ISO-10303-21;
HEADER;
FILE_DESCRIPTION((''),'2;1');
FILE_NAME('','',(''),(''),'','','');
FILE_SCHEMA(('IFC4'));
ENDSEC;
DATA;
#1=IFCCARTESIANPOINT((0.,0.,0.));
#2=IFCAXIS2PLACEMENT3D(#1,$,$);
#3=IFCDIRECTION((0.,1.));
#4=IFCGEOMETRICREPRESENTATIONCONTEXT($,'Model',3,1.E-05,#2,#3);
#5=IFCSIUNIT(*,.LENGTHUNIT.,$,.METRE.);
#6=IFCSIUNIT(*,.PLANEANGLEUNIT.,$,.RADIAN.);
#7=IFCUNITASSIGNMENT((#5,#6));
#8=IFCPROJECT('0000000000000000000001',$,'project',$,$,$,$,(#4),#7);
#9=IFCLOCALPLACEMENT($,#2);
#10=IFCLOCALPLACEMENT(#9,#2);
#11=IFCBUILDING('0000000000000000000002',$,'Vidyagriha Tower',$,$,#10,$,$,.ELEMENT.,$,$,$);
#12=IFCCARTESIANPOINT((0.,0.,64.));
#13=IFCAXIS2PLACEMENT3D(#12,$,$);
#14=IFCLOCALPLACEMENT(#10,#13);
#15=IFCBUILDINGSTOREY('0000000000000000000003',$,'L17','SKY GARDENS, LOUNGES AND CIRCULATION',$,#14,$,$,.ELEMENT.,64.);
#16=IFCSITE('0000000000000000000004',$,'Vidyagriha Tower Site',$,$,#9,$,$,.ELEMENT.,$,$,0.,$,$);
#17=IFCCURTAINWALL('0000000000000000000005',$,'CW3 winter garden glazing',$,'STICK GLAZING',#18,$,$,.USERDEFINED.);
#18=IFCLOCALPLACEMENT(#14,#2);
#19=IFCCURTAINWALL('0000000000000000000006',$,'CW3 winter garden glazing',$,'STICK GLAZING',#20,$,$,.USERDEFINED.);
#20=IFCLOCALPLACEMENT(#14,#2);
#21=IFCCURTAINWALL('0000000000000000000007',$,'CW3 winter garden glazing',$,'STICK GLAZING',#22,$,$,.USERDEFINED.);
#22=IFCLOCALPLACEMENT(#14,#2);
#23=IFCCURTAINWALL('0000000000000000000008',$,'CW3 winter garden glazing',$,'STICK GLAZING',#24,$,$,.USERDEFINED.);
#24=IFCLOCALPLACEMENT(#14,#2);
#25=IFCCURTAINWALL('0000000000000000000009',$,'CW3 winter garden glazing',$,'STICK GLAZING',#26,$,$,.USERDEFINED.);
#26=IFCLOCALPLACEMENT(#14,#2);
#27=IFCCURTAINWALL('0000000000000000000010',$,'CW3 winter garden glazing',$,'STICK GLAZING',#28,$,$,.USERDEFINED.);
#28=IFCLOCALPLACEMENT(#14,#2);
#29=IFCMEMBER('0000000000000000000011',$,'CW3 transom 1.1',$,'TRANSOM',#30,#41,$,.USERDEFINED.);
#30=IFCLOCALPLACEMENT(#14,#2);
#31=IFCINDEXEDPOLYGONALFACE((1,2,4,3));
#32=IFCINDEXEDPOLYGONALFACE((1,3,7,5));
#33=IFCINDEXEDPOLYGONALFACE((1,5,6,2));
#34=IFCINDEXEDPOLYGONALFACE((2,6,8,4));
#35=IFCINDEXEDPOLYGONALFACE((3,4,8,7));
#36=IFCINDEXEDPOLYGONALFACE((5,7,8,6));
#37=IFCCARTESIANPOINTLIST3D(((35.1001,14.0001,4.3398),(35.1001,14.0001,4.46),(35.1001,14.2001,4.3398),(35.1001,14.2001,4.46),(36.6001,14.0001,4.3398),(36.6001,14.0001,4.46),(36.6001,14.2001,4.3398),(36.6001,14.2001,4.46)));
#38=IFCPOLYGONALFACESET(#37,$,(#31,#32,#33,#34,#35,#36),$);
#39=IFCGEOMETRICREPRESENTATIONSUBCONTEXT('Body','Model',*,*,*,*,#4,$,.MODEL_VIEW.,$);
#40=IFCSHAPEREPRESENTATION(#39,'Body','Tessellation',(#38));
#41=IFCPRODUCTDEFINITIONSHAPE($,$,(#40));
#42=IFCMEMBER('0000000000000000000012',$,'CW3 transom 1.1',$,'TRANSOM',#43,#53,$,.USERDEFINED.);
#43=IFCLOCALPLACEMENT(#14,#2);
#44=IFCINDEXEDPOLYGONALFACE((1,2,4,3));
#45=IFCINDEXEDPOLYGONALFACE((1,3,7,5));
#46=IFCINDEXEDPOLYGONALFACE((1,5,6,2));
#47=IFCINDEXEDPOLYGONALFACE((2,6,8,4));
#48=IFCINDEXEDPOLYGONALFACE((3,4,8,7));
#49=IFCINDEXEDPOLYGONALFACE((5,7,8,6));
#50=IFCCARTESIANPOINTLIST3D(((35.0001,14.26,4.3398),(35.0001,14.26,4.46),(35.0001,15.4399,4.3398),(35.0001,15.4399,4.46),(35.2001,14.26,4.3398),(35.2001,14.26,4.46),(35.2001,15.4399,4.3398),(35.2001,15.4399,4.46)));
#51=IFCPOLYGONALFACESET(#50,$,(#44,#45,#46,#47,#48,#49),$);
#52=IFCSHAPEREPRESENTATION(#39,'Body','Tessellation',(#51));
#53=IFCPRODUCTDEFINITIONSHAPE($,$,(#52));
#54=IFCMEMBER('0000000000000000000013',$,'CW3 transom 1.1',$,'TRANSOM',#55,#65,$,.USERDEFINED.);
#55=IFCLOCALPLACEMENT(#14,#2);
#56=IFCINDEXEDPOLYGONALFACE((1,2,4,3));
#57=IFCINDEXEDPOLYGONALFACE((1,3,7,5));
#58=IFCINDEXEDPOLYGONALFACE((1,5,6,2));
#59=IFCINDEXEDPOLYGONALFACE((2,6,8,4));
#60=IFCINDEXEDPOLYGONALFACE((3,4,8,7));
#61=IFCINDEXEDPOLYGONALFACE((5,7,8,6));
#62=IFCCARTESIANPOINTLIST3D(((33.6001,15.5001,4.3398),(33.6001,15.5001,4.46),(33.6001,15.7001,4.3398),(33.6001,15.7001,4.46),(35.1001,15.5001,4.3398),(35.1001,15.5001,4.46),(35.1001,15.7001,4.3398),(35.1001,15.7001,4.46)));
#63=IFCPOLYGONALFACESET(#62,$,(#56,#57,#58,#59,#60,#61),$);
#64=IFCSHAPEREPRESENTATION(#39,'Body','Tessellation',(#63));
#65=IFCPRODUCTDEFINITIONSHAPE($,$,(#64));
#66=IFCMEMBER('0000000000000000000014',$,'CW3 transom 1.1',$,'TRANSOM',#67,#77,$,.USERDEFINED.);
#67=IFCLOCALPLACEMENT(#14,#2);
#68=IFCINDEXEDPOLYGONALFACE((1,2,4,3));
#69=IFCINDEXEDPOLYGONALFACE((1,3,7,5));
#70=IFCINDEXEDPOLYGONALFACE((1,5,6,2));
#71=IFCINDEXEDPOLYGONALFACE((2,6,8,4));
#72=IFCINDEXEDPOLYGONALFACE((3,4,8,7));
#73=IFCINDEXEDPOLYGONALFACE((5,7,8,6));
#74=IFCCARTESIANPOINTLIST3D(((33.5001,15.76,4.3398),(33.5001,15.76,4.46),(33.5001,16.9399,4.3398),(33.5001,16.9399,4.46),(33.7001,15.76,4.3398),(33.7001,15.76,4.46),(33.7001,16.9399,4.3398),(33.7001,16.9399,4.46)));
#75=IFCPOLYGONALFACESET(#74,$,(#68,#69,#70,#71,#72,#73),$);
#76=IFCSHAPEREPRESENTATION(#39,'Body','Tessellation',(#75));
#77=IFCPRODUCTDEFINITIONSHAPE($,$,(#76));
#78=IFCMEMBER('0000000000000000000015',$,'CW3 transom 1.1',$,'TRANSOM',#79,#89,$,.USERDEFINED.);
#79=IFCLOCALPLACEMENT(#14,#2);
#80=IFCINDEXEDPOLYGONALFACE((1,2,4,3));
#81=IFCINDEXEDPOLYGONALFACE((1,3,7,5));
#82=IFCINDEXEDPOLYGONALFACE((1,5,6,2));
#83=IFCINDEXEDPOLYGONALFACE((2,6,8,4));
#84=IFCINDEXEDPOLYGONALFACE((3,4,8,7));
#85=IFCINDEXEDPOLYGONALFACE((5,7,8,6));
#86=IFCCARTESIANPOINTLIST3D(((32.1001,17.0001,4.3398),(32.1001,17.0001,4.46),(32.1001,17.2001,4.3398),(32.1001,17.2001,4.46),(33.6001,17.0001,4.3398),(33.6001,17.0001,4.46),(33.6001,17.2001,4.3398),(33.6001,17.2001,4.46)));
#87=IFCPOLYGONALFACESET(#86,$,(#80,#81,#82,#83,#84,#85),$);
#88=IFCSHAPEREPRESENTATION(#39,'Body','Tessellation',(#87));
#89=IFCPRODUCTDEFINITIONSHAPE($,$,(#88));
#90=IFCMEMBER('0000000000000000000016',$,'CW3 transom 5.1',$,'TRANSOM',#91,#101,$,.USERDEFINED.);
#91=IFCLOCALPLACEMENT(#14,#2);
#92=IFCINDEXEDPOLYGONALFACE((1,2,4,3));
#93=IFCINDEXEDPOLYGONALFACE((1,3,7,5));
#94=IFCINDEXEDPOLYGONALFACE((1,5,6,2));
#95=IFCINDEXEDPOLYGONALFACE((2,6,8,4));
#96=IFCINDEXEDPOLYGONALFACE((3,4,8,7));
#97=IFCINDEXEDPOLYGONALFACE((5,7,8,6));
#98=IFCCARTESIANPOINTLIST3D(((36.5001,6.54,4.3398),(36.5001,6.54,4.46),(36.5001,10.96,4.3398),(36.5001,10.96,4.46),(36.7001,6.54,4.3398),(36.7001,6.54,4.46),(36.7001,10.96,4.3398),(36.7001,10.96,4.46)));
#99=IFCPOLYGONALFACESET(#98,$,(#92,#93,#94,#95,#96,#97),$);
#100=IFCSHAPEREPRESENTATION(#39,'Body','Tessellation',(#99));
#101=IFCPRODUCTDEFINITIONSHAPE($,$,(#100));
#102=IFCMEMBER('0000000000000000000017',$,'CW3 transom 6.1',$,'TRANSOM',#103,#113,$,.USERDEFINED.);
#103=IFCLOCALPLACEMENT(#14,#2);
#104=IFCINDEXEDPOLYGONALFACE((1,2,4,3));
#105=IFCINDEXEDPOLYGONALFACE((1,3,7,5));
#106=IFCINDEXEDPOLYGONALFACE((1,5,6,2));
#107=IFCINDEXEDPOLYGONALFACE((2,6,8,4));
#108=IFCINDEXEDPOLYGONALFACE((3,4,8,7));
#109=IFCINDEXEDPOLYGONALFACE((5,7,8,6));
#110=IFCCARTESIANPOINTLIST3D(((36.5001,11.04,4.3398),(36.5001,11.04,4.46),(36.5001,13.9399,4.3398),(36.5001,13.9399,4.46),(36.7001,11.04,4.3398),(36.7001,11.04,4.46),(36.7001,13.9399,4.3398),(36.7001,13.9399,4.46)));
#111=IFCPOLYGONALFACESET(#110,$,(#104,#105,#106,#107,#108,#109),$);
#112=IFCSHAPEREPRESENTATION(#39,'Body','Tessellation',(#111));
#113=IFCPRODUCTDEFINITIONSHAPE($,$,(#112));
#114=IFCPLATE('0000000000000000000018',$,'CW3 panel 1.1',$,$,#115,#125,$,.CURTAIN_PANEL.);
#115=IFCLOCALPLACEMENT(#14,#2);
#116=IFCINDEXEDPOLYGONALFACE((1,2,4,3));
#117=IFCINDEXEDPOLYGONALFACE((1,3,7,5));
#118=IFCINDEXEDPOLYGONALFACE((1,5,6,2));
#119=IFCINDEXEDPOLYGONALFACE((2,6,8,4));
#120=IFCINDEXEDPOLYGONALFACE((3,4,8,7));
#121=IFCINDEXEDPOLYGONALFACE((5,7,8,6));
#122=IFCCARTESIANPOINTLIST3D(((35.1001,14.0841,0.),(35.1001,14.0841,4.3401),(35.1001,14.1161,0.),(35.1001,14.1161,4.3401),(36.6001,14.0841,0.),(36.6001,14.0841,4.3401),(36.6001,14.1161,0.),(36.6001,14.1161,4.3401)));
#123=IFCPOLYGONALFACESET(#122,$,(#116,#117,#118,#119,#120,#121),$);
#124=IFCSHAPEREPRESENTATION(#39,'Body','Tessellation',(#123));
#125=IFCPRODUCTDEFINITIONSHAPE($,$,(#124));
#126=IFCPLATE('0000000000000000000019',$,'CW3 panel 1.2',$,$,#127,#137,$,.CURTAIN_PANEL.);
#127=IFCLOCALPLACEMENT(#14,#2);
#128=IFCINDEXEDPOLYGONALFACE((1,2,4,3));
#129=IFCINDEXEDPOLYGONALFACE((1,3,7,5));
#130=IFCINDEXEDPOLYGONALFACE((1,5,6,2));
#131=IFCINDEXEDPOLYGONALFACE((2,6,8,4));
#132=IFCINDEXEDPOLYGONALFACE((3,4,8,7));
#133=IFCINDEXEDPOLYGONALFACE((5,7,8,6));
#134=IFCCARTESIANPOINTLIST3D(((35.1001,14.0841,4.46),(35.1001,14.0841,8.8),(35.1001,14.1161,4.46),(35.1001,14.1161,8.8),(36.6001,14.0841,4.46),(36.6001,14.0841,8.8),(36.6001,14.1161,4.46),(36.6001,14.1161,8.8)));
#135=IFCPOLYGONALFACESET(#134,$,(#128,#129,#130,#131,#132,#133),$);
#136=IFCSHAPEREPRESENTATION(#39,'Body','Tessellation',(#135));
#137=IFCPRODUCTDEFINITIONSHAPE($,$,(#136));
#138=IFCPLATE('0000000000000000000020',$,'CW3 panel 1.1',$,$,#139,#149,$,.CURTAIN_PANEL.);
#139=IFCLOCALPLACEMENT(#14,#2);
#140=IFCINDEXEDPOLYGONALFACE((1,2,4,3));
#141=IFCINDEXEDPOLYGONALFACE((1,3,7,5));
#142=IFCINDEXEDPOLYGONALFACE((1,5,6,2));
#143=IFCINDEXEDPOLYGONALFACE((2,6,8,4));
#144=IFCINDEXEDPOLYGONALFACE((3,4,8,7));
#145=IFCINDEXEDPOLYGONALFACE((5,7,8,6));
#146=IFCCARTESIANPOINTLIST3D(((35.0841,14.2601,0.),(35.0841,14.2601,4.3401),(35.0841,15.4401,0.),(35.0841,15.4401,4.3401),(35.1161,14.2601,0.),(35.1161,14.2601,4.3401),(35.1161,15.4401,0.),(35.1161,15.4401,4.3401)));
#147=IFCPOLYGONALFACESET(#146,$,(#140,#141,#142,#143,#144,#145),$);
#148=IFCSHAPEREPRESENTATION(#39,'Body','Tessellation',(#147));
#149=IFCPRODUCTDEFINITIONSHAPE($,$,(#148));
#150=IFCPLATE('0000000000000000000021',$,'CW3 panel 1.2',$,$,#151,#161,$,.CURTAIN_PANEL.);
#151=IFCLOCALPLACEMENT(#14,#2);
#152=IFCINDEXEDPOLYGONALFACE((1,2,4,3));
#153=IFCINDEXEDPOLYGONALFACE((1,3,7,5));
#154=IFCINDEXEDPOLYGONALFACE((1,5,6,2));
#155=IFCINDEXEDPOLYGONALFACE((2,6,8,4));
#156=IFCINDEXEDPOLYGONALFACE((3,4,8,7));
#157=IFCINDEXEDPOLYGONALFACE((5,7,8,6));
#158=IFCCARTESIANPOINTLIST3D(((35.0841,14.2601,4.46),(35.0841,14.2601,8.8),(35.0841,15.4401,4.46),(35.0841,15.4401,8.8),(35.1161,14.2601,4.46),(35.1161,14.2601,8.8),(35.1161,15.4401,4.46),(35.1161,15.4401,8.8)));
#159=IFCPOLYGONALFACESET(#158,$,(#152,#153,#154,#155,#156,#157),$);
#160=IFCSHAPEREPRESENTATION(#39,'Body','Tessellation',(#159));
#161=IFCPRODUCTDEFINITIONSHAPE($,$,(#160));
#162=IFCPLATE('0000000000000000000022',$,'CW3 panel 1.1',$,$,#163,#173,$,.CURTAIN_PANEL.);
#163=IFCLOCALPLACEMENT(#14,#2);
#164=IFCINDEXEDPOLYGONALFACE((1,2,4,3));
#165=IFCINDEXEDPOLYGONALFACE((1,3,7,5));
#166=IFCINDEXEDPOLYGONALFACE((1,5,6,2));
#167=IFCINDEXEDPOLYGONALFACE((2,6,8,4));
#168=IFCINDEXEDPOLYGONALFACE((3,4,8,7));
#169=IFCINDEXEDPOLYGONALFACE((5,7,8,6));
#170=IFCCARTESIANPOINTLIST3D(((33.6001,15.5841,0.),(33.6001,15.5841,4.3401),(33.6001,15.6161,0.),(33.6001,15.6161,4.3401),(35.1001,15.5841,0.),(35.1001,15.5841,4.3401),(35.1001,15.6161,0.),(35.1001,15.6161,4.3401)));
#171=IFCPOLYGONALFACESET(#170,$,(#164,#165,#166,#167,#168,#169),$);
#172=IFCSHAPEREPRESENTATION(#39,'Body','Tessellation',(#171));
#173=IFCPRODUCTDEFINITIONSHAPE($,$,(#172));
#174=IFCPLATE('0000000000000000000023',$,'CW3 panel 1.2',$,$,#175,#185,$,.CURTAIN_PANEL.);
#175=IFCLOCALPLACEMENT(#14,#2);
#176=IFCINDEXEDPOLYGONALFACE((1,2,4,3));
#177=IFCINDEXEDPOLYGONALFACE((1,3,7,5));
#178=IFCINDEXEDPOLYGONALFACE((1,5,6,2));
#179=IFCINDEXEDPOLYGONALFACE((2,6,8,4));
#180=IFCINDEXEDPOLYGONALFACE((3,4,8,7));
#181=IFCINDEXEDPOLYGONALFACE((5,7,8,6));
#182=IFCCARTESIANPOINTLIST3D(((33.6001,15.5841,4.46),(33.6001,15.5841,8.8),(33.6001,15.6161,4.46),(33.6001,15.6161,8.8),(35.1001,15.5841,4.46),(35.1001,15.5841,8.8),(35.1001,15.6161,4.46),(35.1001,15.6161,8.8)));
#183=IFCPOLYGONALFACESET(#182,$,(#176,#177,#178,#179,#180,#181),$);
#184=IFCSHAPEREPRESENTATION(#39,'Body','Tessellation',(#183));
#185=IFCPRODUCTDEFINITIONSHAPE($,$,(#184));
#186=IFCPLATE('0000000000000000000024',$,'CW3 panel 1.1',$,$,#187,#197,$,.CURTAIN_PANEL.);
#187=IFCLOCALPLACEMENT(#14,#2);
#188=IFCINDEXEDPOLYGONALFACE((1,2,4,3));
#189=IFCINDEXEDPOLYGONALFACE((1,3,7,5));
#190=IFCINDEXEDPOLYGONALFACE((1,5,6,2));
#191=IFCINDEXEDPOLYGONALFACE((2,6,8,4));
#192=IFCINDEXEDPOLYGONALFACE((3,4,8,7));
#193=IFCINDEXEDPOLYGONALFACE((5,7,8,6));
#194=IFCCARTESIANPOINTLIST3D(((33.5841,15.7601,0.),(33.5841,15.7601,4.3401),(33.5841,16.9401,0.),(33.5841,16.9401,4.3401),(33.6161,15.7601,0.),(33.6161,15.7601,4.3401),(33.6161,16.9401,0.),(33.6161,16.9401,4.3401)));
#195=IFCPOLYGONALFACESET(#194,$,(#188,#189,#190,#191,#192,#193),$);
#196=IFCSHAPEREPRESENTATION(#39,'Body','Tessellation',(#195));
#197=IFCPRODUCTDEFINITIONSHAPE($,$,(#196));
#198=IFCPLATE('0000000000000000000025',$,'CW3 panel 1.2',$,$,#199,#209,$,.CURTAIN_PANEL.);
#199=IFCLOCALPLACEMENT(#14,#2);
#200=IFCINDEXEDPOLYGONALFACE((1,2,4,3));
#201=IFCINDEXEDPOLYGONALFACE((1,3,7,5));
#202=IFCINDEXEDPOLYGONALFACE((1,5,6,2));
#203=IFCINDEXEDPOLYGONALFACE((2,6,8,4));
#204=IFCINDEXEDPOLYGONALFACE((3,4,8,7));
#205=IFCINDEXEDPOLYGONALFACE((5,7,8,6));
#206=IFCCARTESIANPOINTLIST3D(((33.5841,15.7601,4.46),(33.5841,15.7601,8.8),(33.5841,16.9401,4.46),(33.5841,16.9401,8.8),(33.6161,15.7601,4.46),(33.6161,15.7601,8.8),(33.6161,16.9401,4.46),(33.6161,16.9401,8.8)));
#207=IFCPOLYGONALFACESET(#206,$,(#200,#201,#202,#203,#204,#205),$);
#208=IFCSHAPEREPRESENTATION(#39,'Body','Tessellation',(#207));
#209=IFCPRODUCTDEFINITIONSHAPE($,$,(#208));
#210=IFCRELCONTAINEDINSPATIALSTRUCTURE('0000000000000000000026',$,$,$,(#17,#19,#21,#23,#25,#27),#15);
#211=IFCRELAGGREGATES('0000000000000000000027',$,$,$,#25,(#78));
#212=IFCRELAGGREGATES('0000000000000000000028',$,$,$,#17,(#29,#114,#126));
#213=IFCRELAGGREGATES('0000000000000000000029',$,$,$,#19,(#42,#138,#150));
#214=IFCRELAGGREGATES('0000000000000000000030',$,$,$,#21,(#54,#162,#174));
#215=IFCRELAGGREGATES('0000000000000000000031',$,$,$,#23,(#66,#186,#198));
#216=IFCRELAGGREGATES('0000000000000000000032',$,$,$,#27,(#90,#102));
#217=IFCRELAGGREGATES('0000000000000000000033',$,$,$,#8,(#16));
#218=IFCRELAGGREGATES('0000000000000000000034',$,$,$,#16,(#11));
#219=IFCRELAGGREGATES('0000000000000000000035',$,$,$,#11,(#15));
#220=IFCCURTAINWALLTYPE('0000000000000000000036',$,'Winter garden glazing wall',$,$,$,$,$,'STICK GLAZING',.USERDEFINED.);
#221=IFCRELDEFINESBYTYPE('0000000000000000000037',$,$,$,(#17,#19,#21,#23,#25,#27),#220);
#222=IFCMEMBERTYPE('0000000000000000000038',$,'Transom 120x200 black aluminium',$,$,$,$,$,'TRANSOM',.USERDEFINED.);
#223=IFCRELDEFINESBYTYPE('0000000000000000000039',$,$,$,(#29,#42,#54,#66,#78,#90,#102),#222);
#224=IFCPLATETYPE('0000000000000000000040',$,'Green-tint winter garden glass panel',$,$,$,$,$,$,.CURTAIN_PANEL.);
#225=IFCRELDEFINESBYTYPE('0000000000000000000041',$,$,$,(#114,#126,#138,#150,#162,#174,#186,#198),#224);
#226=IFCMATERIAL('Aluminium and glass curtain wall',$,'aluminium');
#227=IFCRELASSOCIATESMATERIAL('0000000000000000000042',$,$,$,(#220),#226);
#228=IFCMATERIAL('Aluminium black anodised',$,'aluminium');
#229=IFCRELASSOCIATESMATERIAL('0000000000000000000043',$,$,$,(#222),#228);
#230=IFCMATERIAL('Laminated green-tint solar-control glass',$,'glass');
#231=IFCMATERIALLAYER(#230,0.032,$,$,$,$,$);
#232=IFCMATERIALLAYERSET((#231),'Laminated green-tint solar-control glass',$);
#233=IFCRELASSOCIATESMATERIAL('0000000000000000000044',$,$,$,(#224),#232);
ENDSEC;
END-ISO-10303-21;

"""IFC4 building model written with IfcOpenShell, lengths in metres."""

from ifc_helpers import new_model, si_unit, direction, frame, origin, origin_2d, place, context, subcontext, project, spatial, rectangle, extrude, material, layer, layer_set, material_profile, profile_set, type_object, element, aggregate, save


model = new_model("IFC4")

# Units and contexts
model_context = context("Model", 3, precision=1e-05, world=origin(), true_north=direction((0.0, 1.0)))
body_context = subcontext(model_context, "Body", "Model", "MODEL_VIEW")
ifc_project = project(units=[si_unit("LENGTHUNIT", "METRE"), si_unit("PLANEANGLEUNIT", "RADIAN")], contexts=[model_context])

# Site, building, storey
site_placement = place(None, origin())
site = spatial("IfcSite", under=ifc_project, at=site_placement, Name="Vidyagriha Tower Site", CompositionType="ELEMENT", RefElevation=0.0)
building_placement = place(site_placement, origin())
building = spatial("IfcBuilding", under=site, at=building_placement, Name="Vidyagriha Tower", CompositionType="ELEMENT")
storey_placement = place(building_placement, frame((0.0, 0.0, 64.0)))
storey = spatial("IfcBuildingStorey", under=building, at=storey_placement, Name="L17", Description="SKY GARDENS, LOUNGES AND CIRCULATION", CompositionType="ELEMENT", Elevation=64.0)

# Curtain walls
ifc_material_1 = material(Name="Aluminium and glass curtain wall", Category="aluminium")
curtain_wall_type = type_object("IfcCurtainWallType", Name="Winter garden glazing wall", ElementType="STICK GLAZING", PredefinedType="USERDEFINED", material=ifc_material_1)
curtain_wall_1_placement = place(storey_placement, origin())
curtain_wall_1 = element("IfcCurtainWall", 1, at=curtain_wall_1_placement, inside=storey, type_object=curtain_wall_type, Name="CW3 winter garden glazing", ObjectType="STICK GLAZING", PredefinedType="USERDEFINED")
curtain_wall_2_placement = place(storey_placement, origin())
curtain_wall_2 = element("IfcCurtainWall", 2, at=curtain_wall_2_placement, inside=storey, type_object=curtain_wall_type, Name="CW3 winter garden glazing", ObjectType="STICK GLAZING", PredefinedType="USERDEFINED")

# Curtain walls
curtain_wall_3_placement = place(storey_placement, origin())
curtain_wall_3 = element("IfcCurtainWall", 3, at=curtain_wall_3_placement, inside=storey, type_object=curtain_wall_type, Name="CW3 winter garden glazing", ObjectType="STICK GLAZING", PredefinedType="USERDEFINED")
curtain_wall_4_placement = place(storey_placement, origin())
curtain_wall_4 = element("IfcCurtainWall", 4, at=curtain_wall_4_placement, inside=storey, type_object=curtain_wall_type, Name="CW3 winter garden glazing", ObjectType="STICK GLAZING", PredefinedType="USERDEFINED")
curtain_wall_5_placement = place(storey_placement, origin())
curtain_wall_5 = element("IfcCurtainWall", 5, at=curtain_wall_5_placement, inside=storey, type_object=curtain_wall_type, Name="CW3 winter garden glazing", ObjectType="STICK GLAZING", PredefinedType="USERDEFINED")

# Curtain wall
curtain_wall_6_placement = place(storey_placement, origin())
curtain_wall_6 = element("IfcCurtainWall", 6, at=curtain_wall_6_placement, inside=storey, type_object=curtain_wall_type, Name="CW3 winter garden glazing", ObjectType="STICK GLAZING", PredefinedType="USERDEFINED")

# Members
ifc_material_2 = material(Name="Aluminium black anodised", Category="aluminium")
ifc_material_profile_1 = material_profile(ifc_material_2, rectangle(XDim=0.2, YDim=0.1201, at=origin_2d()), Name="Transom 120x200 black aluminium")
ifc_profile_set_1 = profile_set([ifc_material_profile_1], Name="Aluminium black anodised")
member_type_1 = type_object("IfcMemberType", Name="Transom 120x200 black aluminium", ElementType="TRANSOM", PredefinedType="USERDEFINED", material=ifc_profile_set_1)
member_1_placement = place(storey_placement, frame((36.6001, 14.1001, 4.3999), z_axis=(-1.0, 0.0, 0.0), x_axis=(0.0, -1.0, 0.0)))
member_1 = element("IfcMember", 7, at=member_1_placement, type_object=member_type_1, Name="CW3 transom 1.1", ObjectType="TRANSOM", PredefinedType="USERDEFINED", context=body_context, shape_type="SweptSolid", body=[
    extrude(rectangle(XDim=0.2, YDim=0.1201, at=origin_2d()), origin(), (0.0, 0.0, 1.0), 1.5),
])
member_2_placement = place(storey_placement, frame((35.1001, 14.26, 4.3999), z_axis=(0.0, 1.0, 0.0), x_axis=(-1.0, 0.0, 0.0)))
member_2 = element("IfcMember", 8, at=member_2_placement, type_object=member_type_1, Name="CW3 transom 1.1", ObjectType="TRANSOM", PredefinedType="USERDEFINED", context=body_context, shape_type="SweptSolid", body=[
    extrude(rectangle(XDim=0.2, YDim=0.1201, at=origin_2d()), origin(), (0.0, 0.0, 1.0), 1.1799),
])
member_3_placement = place(storey_placement, frame((35.1001, 15.6001, 4.3999), z_axis=(-1.0, 0.0, 0.0), x_axis=(0.0, -1.0, 0.0)))
member_3 = element("IfcMember", 9, at=member_3_placement, type_object=member_type_1, Name="CW3 transom 1.1", ObjectType="TRANSOM", PredefinedType="USERDEFINED", context=body_context, shape_type="SweptSolid", body=[
    extrude(rectangle(XDim=0.2, YDim=0.1201, at=origin_2d()), origin(), (0.0, 0.0, 1.0), 1.5),
])
member_4_placement = place(storey_placement, frame((33.6001, 15.76, 4.3999), z_axis=(0.0, 1.0, 0.0), x_axis=(-1.0, 0.0, 0.0)))
member_4 = element("IfcMember", 10, at=member_4_placement, type_object=member_type_1, Name="CW3 transom 1.1", ObjectType="TRANSOM", PredefinedType="USERDEFINED", context=body_context, shape_type="SweptSolid", body=[
    extrude(rectangle(XDim=0.2, YDim=0.1201, at=origin_2d()), origin(), (0.0, 0.0, 1.0), 1.1799),
])
member_5_placement = place(storey_placement, frame((33.6001, 17.1001, 4.3999), z_axis=(-1.0, 0.0, 0.0), x_axis=(0.0, -1.0, 0.0)))
member_5 = element("IfcMember", 11, at=member_5_placement, type_object=member_type_1, Name="CW3 transom 1.1", ObjectType="TRANSOM", PredefinedType="USERDEFINED", context=body_context, shape_type="SweptSolid", body=[
    extrude(rectangle(XDim=0.2, YDim=0.1201, at=origin_2d()), origin(), (0.0, 0.0, 1.0), 1.5),
])
aggregate(curtain_wall_5, [member_5])
member_6_placement = place(storey_placement, frame((36.6001, 6.54, 4.3999), z_axis=(0.0, 1.0, 0.0), x_axis=(-1.0, 0.0, 0.0)))
member_6 = element("IfcMember", 12, at=member_6_placement, type_object=member_type_1, Name="CW3 transom 5.1", ObjectType="TRANSOM", PredefinedType="USERDEFINED", context=body_context, shape_type="SweptSolid", body=[
    extrude(rectangle(XDim=0.2, YDim=0.1201, at=origin_2d()), origin(), (0.0, 0.0, 1.0), 4.4199),
])
member_7_placement = place(storey_placement, frame((36.6001, 11.04, 4.3999), z_axis=(0.0, 1.0, 0.0), x_axis=(-1.0, 0.0, 0.0)))
member_7 = element("IfcMember", 13, at=member_7_placement, type_object=member_type_1, Name="CW3 transom 6.1", ObjectType="TRANSOM", PredefinedType="USERDEFINED", context=body_context, shape_type="SweptSolid", body=[
    extrude(rectangle(XDim=0.2, YDim=0.1201, at=origin_2d()), origin(), (0.0, 0.0, 1.0), 2.8999),
])

# Plates
ifc_material_3 = material(Name="Laminated green-tint solar-control glass", Category="glass")
ifc_layer_1 = layer(ifc_material_3, 0.032)
ifc_layer_set_1 = layer_set([ifc_layer_1], Name="Laminated green-tint solar-control glass")
plate_type = type_object("IfcPlateType", Name="Green-tint winter garden glass panel", PredefinedType="CURTAIN_PANEL", material=ifc_layer_set_1)
plate_1_placement = place(storey_placement, frame((35.8501, 14.1001, 0.0), z_axis=(0.0, 0.0, 1.0), x_axis=(-1.0, 0.0, 0.0)))
plate_1 = element("IfcPlate", 14, at=plate_1_placement, type_object=plate_type, Name="CW3 panel 1.1", PredefinedType="CURTAIN_PANEL", context=body_context, shape_type="SweptSolid", body=[
    extrude(rectangle(XDim=1.5, YDim=0.032, at=origin_2d()), origin(), (0.0, 0.0, 1.0), 4.3401),
])
plate_2_placement = place(storey_placement, frame((35.8501, 14.1001, 4.46), z_axis=(0.0, 0.0, 1.0), x_axis=(-1.0, 0.0, 0.0)))
plate_2 = element("IfcPlate", 15, at=plate_2_placement, type_object=plate_type, Name="CW3 panel 1.2", PredefinedType="CURTAIN_PANEL", context=body_context, shape_type="SweptSolid", body=[
    extrude(rectangle(XDim=1.5, YDim=0.032, at=origin_2d()), origin(), (0.0, 0.0, 1.0), 4.3401),
])
aggregate(curtain_wall_1, [member_1, plate_1, plate_2])
plate_3_placement = place(storey_placement, frame((35.1001, 14.8501, 0.0), z_axis=(0.0, 0.0, 1.0), x_axis=(0.0, 1.0, 0.0)))
plate_3 = element("IfcPlate", 16, at=plate_3_placement, type_object=plate_type, Name="CW3 panel 1.1", PredefinedType="CURTAIN_PANEL", context=body_context, shape_type="SweptSolid", body=[
    extrude(rectangle(XDim=1.1799, YDim=0.032, at=origin_2d()), origin(), (0.0, 0.0, 1.0), 4.3401),
])
plate_4_placement = place(storey_placement, frame((35.1001, 14.8501, 4.46), z_axis=(0.0, 0.0, 1.0), x_axis=(0.0, 1.0, 0.0)))
plate_4 = element("IfcPlate", 17, at=plate_4_placement, type_object=plate_type, Name="CW3 panel 1.2", PredefinedType="CURTAIN_PANEL", context=body_context, shape_type="SweptSolid", body=[
    extrude(rectangle(XDim=1.1799, YDim=0.032, at=origin_2d()), origin(), (0.0, 0.0, 1.0), 4.3401),
])
aggregate(curtain_wall_2, [member_2, plate_3, plate_4])
plate_5_placement = place(storey_placement, frame((34.3501, 15.6001, 0.0), z_axis=(0.0, 0.0, 1.0), x_axis=(-1.0, 0.0, 0.0)))
plate_5 = element("IfcPlate", 18, at=plate_5_placement, type_object=plate_type, Name="CW3 panel 1.1", PredefinedType="CURTAIN_PANEL", context=body_context, shape_type="SweptSolid", body=[
    extrude(rectangle(XDim=1.5, YDim=0.032, at=origin_2d()), origin(), (0.0, 0.0, 1.0), 4.3401),
])
plate_6_placement = place(storey_placement, frame((34.3501, 15.6001, 4.46), z_axis=(0.0, 0.0, 1.0), x_axis=(-1.0, 0.0, 0.0)))
plate_6 = element("IfcPlate", 19, at=plate_6_placement, type_object=plate_type, Name="CW3 panel 1.2", PredefinedType="CURTAIN_PANEL", context=body_context, shape_type="SweptSolid", body=[
    extrude(rectangle(XDim=1.5, YDim=0.032, at=origin_2d()), origin(), (0.0, 0.0, 1.0), 4.3401),
])
aggregate(curtain_wall_3, [member_3, plate_5, plate_6])
plate_7_placement = place(storey_placement, frame((33.6001, 16.3501, 0.0), z_axis=(0.0, 0.0, 1.0), x_axis=(0.0, 1.0, 0.0)))
plate_7 = element("IfcPlate", 20, at=plate_7_placement, type_object=plate_type, Name="CW3 panel 1.1", PredefinedType="CURTAIN_PANEL", context=body_context, shape_type="SweptSolid", body=[
    extrude(rectangle(XDim=1.1799, YDim=0.032, at=origin_2d()), origin(), (0.0, 0.0, 1.0), 4.3401),
])
plate_8_placement = place(storey_placement, frame((33.6001, 16.3501, 4.46), z_axis=(0.0, 0.0, 1.0), x_axis=(0.0, 1.0, 0.0)))
plate_8 = element("IfcPlate", 21, at=plate_8_placement, type_object=plate_type, Name="CW3 panel 1.2", PredefinedType="CURTAIN_PANEL", context=body_context, shape_type="SweptSolid", body=[
    extrude(rectangle(XDim=1.1799, YDim=0.032, at=origin_2d()), origin(), (0.0, 0.0, 1.0), 4.3401),
])
aggregate(curtain_wall_4, [member_4, plate_7, plate_8])
aggregate(curtain_wall_6, [member_6, member_7])

save(model, "model.ifc")
